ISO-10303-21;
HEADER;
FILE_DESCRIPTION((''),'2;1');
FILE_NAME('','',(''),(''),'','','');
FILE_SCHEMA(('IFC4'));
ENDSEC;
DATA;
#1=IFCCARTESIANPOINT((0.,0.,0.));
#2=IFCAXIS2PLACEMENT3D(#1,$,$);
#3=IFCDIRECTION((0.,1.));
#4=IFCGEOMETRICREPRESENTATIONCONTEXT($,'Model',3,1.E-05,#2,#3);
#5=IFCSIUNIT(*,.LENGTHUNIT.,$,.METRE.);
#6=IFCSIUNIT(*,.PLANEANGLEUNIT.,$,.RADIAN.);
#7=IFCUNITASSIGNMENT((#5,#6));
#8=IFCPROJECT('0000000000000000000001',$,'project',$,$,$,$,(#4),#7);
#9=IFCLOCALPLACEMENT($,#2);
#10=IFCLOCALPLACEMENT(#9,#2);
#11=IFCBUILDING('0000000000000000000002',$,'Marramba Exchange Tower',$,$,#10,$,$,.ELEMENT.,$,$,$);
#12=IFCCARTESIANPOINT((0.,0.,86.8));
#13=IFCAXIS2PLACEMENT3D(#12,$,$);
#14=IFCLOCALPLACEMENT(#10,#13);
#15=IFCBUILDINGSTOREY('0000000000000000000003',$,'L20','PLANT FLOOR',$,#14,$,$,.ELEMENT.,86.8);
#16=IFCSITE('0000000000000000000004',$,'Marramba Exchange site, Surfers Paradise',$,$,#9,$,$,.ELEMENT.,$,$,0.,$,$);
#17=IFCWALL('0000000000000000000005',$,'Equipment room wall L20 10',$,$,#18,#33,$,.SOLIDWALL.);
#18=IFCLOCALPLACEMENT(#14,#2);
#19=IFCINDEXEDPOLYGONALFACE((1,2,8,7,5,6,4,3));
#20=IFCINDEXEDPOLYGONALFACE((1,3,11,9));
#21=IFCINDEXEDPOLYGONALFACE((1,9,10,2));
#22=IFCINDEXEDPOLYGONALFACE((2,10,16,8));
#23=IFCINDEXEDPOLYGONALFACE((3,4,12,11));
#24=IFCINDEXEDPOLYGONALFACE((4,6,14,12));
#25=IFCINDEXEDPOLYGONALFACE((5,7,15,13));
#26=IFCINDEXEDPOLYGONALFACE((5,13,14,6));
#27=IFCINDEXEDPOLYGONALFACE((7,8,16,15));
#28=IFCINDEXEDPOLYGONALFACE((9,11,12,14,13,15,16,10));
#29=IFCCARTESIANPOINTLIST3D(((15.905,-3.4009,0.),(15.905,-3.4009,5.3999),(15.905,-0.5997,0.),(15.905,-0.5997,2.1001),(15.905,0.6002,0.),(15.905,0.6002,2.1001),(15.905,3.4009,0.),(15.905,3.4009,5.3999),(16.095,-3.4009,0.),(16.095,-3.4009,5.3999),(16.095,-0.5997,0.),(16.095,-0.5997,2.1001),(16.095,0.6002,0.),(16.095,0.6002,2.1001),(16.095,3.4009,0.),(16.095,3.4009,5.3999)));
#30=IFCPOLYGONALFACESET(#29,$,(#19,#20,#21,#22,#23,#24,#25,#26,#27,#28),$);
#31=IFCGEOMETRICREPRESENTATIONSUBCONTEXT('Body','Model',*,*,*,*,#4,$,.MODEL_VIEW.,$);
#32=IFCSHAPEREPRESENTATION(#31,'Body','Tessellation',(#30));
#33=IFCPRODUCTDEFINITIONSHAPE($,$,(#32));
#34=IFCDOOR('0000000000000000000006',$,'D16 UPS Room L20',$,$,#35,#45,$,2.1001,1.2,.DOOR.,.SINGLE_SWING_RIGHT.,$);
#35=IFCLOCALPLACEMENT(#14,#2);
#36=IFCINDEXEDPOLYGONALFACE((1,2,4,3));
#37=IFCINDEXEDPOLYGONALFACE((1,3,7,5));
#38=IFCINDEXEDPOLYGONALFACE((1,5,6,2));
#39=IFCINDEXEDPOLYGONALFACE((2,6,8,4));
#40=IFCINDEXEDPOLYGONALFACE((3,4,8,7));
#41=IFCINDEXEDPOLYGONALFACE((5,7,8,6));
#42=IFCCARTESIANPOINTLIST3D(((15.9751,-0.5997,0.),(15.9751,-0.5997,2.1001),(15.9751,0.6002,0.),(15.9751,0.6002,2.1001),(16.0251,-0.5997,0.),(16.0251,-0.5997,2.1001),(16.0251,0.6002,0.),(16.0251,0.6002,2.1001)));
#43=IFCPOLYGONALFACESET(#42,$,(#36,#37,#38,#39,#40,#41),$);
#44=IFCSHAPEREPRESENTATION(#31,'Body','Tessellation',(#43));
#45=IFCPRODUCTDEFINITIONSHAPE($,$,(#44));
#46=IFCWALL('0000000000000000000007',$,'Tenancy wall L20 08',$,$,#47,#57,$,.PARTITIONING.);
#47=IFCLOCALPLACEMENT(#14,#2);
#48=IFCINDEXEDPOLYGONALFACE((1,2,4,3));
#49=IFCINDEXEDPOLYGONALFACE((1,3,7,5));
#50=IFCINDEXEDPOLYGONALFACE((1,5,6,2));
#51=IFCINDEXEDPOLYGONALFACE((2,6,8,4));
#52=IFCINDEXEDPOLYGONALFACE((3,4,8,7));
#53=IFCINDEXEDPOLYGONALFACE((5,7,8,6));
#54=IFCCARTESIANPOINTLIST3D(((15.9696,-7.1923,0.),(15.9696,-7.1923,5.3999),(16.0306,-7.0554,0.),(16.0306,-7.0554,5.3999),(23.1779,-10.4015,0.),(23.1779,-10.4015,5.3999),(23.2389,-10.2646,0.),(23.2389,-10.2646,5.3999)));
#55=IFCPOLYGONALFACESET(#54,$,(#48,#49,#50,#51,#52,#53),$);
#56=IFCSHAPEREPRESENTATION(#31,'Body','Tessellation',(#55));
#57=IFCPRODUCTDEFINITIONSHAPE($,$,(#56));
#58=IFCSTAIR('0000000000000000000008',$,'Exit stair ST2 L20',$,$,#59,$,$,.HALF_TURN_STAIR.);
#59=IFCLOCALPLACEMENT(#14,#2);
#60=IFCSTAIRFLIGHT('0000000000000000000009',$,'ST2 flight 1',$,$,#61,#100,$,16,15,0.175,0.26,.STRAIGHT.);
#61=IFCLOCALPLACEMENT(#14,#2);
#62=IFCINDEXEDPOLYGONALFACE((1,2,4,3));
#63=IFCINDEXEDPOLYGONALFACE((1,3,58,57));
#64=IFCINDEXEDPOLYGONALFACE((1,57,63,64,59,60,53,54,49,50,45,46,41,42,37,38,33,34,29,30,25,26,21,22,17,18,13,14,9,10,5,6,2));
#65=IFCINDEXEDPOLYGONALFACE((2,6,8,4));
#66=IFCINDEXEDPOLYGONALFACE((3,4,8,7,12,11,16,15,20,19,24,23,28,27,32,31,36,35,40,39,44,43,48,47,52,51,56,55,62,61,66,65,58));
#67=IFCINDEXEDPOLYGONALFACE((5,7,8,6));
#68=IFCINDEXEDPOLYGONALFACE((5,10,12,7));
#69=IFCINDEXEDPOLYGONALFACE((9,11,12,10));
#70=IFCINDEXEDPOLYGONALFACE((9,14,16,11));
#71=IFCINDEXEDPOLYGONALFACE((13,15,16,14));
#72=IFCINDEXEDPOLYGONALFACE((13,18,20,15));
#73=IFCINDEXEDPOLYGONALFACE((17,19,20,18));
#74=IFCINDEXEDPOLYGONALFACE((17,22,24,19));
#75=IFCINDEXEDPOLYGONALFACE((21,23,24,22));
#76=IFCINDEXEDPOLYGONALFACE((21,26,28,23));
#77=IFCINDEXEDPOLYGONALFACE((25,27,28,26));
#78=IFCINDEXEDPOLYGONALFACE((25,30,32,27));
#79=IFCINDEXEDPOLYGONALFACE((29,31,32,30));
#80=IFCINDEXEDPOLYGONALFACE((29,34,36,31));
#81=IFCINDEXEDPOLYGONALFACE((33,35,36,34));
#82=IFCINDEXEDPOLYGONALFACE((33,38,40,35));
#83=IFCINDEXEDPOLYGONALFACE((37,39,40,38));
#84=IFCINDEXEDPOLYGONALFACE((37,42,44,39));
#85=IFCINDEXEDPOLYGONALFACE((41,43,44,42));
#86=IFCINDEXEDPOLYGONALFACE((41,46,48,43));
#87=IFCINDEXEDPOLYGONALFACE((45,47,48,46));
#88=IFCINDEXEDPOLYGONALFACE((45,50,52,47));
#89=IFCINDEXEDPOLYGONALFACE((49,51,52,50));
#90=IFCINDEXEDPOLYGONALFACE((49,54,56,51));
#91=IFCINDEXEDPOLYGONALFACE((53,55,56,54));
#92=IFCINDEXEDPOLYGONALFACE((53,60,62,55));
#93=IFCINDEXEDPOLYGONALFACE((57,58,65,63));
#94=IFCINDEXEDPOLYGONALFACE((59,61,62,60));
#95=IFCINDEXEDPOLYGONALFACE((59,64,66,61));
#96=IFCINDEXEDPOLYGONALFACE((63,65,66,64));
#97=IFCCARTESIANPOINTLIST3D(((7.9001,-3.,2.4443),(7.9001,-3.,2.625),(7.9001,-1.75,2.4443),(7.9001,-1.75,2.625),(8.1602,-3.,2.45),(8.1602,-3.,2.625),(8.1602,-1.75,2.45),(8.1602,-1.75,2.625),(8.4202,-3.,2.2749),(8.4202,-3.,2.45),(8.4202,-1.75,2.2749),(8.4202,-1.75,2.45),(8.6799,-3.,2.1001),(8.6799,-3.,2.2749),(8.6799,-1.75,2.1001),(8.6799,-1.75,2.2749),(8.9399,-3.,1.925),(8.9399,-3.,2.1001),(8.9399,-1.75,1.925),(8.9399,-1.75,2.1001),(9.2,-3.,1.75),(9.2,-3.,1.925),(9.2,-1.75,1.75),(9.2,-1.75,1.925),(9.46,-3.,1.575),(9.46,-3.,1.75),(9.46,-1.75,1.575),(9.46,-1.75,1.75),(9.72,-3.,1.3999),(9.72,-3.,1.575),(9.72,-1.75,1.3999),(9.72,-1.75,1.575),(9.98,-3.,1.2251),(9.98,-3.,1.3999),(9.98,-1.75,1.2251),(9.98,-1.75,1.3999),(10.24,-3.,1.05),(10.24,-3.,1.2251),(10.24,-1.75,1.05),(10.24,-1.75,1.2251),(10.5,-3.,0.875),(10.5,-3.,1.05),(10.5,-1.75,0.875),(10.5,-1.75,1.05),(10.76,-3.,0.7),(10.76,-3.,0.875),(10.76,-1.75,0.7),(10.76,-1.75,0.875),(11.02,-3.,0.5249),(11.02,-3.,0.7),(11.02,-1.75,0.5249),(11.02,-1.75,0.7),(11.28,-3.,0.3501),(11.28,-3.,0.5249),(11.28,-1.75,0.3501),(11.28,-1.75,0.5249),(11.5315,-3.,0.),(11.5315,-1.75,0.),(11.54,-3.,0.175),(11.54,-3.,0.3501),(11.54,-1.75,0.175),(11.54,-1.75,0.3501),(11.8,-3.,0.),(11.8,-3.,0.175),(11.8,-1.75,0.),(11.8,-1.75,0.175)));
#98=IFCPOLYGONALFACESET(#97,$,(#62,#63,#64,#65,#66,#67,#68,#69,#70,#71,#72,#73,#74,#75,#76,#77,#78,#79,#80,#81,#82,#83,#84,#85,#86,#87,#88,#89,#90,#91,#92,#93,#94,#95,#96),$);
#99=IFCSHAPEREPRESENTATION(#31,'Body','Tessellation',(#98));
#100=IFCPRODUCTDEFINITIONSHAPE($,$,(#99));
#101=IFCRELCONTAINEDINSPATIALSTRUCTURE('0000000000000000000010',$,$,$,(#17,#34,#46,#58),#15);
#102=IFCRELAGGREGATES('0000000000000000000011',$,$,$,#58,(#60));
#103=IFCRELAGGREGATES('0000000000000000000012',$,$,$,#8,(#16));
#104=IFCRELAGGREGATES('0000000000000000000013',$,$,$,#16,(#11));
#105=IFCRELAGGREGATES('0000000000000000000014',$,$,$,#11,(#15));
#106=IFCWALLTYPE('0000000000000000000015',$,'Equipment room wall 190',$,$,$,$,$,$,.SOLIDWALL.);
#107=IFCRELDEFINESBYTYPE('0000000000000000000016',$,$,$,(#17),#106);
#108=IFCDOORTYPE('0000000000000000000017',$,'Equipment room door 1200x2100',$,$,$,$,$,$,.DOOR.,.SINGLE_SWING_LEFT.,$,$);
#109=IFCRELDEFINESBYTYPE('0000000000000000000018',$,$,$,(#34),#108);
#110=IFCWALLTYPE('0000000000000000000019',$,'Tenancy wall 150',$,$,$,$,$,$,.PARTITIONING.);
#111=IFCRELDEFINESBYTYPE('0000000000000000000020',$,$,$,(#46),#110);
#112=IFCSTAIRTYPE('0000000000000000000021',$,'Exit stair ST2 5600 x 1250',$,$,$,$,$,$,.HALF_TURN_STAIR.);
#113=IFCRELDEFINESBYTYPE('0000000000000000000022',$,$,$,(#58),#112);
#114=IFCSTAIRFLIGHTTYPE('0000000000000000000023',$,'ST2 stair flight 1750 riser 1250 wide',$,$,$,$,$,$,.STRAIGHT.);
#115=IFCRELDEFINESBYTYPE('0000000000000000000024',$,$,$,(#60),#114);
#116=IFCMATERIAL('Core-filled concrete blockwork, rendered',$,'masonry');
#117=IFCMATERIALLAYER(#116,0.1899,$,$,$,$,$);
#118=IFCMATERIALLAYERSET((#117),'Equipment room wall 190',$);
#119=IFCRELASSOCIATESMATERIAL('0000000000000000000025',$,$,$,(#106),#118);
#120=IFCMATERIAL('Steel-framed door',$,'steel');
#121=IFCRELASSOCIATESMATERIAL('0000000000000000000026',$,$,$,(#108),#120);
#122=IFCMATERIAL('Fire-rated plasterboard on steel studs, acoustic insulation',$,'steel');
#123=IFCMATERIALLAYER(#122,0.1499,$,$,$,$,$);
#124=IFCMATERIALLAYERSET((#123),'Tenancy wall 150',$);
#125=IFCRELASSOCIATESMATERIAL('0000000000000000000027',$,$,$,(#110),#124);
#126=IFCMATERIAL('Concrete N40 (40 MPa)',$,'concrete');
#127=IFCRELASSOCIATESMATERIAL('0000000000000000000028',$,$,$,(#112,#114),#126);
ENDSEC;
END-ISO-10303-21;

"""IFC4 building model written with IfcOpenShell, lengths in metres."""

from ifc_helpers import new_model, si_unit, direction, frame, frame_2d, origin, place, context, subcontext, project, spatial, polyline, rectangle, outline, extrude, material, layer, layer_set, type_object, element, fill, aggregate, save


model = new_model("IFC4")

# Units and contexts
model_context = context("Model", 3, precision=1e-05, world=origin(), true_north=direction((0.0, 1.0)))
body_context = subcontext(model_context, "Body", "Model", "MODEL_VIEW")
ifc_project = project(units=[si_unit("LENGTHUNIT", "METRE"), si_unit("PLANEANGLEUNIT", "RADIAN")], contexts=[model_context])

# Site, building, storey
site_placement = place(None, origin())
site = spatial("IfcSite", under=ifc_project, at=site_placement, Name="Marramba Exchange site, Surfers Paradise", CompositionType="ELEMENT", RefElevation=0.0)
building_placement = place(site_placement, origin())
building = spatial("IfcBuilding", under=site, at=building_placement, Name="Marramba Exchange Tower", CompositionType="ELEMENT")
storey_placement = place(building_placement, frame((0.0, 0.0, 86.8)))
storey = spatial("IfcBuildingStorey", under=building, at=storey_placement, Name="L20", Description="PLANT FLOOR", CompositionType="ELEMENT", Elevation=86.8)

# Shared definitions
ifc_material_1 = material(Name="Core-filled concrete blockwork, rendered", Category="masonry")
ifc_layer_1 = layer(ifc_material_1, 0.1899)
ifc_layer_set_1 = layer_set([ifc_layer_1], Name="Equipment room wall 190")
wall_type_1 = type_object("IfcWallType", Name="Equipment room wall 190", PredefinedType="SOLIDWALL", material=ifc_layer_set_1)

# Wall, opening, door
wall_1_placement = place(storey_placement, frame((16.0, -3.4009, 0.0), z_axis=(0.0, 0.0, 1.0), x_axis=(0.0, 1.0, 0.0)))
wall_1 = element("IfcWall", 1, at=wall_1_placement, inside=storey, type_object=wall_type_1, Name="Equipment room wall L20 10", PredefinedType="SOLIDWALL", context=body_context, shape_type="SweptSolid", body=[
    extrude(rectangle(XDim=6.8018, YDim=0.1899, at=frame_2d((3.4009, 0.0))), origin(), (0.0, 0.0, 1.0), 5.3999),
])
opening_placement = place(wall_1_placement, frame((2.801, 0.0, 0.0)))
opening = element("IfcOpeningElement", 2, at=opening_placement, cuts=wall_1, PredefinedType="OPENING", context=body_context, shape_type="SweptSolid", body=[
    extrude(rectangle(XDim=1.2, YDim=2.1001, at=frame_2d((0.6001, 1.05))), frame((0.0, 0.105, 0.0), z_axis=(0.0, -1.0, 0.0), x_axis=(1.0, 0.0, 0.0)), (0.0, 0.0, 1.0), 0.21),
])
ifc_material_2 = material(Name="Steel-framed door", Category="steel")
door_type = type_object("IfcDoorType", Name="Equipment room door 1200x2100", OperationType="SINGLE_SWING_LEFT", PredefinedType="DOOR", material=ifc_material_2)
door_placement = place(opening_placement, origin())
door = element("IfcDoor", 3, at=door_placement, inside=storey, type_object=door_type, Name="D16 UPS Room L20", OperationType="SINGLE_SWING_RIGHT", OverallHeight=2.1001, OverallWidth=1.2, PredefinedType="DOOR", context=body_context, shape_type="SweptSolid", body=[
    extrude(rectangle(XDim=1.2, YDim=2.1001, at=frame_2d((0.6001, 1.05))), frame((0.0, 0.0249, 0.0), z_axis=(0.0, -1.0, 0.0), x_axis=(1.0, 0.0, 0.0)), (0.0, 0.0, 1.0), 0.05),
])
fill(opening, door)

# Wall
ifc_material_3 = material(Name="Fire-rated plasterboard on steel studs, acoustic insulation", Category="steel")
ifc_layer_2 = layer(ifc_material_3, 0.1499)
ifc_layer_set_2 = layer_set([ifc_layer_2], Name="Tenancy wall 150")
wall_type_2 = type_object("IfcWallType", Name="Tenancy wall 150", PredefinedType="PARTITIONING", material=ifc_layer_set_2)
wall_2_placement = place(storey_placement, frame((16.0, -7.1238, 0.0), z_axis=(0.0, 0.0, 1.0), x_axis=(0.91355, -0.406727, 0.0)))
element("IfcWall", 4, at=wall_2_placement, inside=storey, type_object=wall_type_2, Name="Tenancy wall L20 08", PredefinedType="PARTITIONING", context=body_context, shape_type="SweptSolid", body=[
    extrude(rectangle(XDim=7.8904, YDim=0.1499, at=frame_2d((3.9453, 0.0))), origin(), (0.0, 0.0, 1.0), 5.3999),
])

# Stair, stair flight
ifc_material_4 = material(Name="Concrete N40 (40 MPa)", Category="concrete")
stair_type = type_object("IfcStairType", Name="Exit stair ST2 5600 x 1250", PredefinedType="HALF_TURN_STAIR", material=ifc_material_4)
stair_placement = place(storey_placement, origin())
stair = element("IfcStair", 5, at=stair_placement, inside=storey, type_object=stair_type, Name="Exit stair ST2 L20", PredefinedType="HALF_TURN_STAIR")
stair_flight_type = type_object("IfcStairFlightType", Name="ST2 stair flight 1750 riser 1250 wide", PredefinedType="STRAIGHT", material=ifc_material_4)
stair_flight_placement = place(storey_placement, frame((11.8, -2.375, 0.0), z_axis=(0.0, 0.0, 1.0), x_axis=(-1.0, 0.0, 0.0)))
stair_flight = element("IfcStairFlight", 6, at=stair_flight_placement, type_object=stair_flight_type, Name="ST2 flight 1", NumberOfRisers=16, NumberOfTreads=15, PredefinedType="STRAIGHT", RiserHeight=0.175, TreadLength=0.26, context=body_context, shape_type="SweptSolid", body=[
    extrude(outline(polyline([(0.0, 0.0), (0.0, 0.175), (0.26, 0.175), (0.26, 0.3501), (0.52, 0.3501), (0.52, 0.5249), (0.78, 0.5249), (0.78, 0.7), (1.04, 0.7), (1.04, 0.875), (1.3, 0.875), (1.3, 1.05), (1.5601, 1.05), (1.5601, 1.2251), (1.8201, 1.2251), (1.8201, 1.3999), (2.0801, 1.3999), (2.0801, 1.575), (2.3401, 1.575), (2.3401, 1.75), (2.6001, 1.75), (2.6001, 1.925), (2.8601, 1.925), (2.8601, 2.1001), (3.1201, 2.1001), (3.1201, 2.2749), (3.3799, 2.2749), (3.3799, 2.45), (3.6399, 2.45), (3.6399, 2.625), (3.8999, 2.625), (3.8999, 2.8), (3.8999, 2.4443), (0.2686, 0.0), (0.0, 0.0)])), frame((0.0, 0.625, 0.0), z_axis=(0.0, -1.0, 0.0), x_axis=(1.0, 0.0, 0.0)), (0.0, 0.0, 1.0), 1.25),
])
aggregate(stair, [stair_flight])

save(model, "model.ifc")
